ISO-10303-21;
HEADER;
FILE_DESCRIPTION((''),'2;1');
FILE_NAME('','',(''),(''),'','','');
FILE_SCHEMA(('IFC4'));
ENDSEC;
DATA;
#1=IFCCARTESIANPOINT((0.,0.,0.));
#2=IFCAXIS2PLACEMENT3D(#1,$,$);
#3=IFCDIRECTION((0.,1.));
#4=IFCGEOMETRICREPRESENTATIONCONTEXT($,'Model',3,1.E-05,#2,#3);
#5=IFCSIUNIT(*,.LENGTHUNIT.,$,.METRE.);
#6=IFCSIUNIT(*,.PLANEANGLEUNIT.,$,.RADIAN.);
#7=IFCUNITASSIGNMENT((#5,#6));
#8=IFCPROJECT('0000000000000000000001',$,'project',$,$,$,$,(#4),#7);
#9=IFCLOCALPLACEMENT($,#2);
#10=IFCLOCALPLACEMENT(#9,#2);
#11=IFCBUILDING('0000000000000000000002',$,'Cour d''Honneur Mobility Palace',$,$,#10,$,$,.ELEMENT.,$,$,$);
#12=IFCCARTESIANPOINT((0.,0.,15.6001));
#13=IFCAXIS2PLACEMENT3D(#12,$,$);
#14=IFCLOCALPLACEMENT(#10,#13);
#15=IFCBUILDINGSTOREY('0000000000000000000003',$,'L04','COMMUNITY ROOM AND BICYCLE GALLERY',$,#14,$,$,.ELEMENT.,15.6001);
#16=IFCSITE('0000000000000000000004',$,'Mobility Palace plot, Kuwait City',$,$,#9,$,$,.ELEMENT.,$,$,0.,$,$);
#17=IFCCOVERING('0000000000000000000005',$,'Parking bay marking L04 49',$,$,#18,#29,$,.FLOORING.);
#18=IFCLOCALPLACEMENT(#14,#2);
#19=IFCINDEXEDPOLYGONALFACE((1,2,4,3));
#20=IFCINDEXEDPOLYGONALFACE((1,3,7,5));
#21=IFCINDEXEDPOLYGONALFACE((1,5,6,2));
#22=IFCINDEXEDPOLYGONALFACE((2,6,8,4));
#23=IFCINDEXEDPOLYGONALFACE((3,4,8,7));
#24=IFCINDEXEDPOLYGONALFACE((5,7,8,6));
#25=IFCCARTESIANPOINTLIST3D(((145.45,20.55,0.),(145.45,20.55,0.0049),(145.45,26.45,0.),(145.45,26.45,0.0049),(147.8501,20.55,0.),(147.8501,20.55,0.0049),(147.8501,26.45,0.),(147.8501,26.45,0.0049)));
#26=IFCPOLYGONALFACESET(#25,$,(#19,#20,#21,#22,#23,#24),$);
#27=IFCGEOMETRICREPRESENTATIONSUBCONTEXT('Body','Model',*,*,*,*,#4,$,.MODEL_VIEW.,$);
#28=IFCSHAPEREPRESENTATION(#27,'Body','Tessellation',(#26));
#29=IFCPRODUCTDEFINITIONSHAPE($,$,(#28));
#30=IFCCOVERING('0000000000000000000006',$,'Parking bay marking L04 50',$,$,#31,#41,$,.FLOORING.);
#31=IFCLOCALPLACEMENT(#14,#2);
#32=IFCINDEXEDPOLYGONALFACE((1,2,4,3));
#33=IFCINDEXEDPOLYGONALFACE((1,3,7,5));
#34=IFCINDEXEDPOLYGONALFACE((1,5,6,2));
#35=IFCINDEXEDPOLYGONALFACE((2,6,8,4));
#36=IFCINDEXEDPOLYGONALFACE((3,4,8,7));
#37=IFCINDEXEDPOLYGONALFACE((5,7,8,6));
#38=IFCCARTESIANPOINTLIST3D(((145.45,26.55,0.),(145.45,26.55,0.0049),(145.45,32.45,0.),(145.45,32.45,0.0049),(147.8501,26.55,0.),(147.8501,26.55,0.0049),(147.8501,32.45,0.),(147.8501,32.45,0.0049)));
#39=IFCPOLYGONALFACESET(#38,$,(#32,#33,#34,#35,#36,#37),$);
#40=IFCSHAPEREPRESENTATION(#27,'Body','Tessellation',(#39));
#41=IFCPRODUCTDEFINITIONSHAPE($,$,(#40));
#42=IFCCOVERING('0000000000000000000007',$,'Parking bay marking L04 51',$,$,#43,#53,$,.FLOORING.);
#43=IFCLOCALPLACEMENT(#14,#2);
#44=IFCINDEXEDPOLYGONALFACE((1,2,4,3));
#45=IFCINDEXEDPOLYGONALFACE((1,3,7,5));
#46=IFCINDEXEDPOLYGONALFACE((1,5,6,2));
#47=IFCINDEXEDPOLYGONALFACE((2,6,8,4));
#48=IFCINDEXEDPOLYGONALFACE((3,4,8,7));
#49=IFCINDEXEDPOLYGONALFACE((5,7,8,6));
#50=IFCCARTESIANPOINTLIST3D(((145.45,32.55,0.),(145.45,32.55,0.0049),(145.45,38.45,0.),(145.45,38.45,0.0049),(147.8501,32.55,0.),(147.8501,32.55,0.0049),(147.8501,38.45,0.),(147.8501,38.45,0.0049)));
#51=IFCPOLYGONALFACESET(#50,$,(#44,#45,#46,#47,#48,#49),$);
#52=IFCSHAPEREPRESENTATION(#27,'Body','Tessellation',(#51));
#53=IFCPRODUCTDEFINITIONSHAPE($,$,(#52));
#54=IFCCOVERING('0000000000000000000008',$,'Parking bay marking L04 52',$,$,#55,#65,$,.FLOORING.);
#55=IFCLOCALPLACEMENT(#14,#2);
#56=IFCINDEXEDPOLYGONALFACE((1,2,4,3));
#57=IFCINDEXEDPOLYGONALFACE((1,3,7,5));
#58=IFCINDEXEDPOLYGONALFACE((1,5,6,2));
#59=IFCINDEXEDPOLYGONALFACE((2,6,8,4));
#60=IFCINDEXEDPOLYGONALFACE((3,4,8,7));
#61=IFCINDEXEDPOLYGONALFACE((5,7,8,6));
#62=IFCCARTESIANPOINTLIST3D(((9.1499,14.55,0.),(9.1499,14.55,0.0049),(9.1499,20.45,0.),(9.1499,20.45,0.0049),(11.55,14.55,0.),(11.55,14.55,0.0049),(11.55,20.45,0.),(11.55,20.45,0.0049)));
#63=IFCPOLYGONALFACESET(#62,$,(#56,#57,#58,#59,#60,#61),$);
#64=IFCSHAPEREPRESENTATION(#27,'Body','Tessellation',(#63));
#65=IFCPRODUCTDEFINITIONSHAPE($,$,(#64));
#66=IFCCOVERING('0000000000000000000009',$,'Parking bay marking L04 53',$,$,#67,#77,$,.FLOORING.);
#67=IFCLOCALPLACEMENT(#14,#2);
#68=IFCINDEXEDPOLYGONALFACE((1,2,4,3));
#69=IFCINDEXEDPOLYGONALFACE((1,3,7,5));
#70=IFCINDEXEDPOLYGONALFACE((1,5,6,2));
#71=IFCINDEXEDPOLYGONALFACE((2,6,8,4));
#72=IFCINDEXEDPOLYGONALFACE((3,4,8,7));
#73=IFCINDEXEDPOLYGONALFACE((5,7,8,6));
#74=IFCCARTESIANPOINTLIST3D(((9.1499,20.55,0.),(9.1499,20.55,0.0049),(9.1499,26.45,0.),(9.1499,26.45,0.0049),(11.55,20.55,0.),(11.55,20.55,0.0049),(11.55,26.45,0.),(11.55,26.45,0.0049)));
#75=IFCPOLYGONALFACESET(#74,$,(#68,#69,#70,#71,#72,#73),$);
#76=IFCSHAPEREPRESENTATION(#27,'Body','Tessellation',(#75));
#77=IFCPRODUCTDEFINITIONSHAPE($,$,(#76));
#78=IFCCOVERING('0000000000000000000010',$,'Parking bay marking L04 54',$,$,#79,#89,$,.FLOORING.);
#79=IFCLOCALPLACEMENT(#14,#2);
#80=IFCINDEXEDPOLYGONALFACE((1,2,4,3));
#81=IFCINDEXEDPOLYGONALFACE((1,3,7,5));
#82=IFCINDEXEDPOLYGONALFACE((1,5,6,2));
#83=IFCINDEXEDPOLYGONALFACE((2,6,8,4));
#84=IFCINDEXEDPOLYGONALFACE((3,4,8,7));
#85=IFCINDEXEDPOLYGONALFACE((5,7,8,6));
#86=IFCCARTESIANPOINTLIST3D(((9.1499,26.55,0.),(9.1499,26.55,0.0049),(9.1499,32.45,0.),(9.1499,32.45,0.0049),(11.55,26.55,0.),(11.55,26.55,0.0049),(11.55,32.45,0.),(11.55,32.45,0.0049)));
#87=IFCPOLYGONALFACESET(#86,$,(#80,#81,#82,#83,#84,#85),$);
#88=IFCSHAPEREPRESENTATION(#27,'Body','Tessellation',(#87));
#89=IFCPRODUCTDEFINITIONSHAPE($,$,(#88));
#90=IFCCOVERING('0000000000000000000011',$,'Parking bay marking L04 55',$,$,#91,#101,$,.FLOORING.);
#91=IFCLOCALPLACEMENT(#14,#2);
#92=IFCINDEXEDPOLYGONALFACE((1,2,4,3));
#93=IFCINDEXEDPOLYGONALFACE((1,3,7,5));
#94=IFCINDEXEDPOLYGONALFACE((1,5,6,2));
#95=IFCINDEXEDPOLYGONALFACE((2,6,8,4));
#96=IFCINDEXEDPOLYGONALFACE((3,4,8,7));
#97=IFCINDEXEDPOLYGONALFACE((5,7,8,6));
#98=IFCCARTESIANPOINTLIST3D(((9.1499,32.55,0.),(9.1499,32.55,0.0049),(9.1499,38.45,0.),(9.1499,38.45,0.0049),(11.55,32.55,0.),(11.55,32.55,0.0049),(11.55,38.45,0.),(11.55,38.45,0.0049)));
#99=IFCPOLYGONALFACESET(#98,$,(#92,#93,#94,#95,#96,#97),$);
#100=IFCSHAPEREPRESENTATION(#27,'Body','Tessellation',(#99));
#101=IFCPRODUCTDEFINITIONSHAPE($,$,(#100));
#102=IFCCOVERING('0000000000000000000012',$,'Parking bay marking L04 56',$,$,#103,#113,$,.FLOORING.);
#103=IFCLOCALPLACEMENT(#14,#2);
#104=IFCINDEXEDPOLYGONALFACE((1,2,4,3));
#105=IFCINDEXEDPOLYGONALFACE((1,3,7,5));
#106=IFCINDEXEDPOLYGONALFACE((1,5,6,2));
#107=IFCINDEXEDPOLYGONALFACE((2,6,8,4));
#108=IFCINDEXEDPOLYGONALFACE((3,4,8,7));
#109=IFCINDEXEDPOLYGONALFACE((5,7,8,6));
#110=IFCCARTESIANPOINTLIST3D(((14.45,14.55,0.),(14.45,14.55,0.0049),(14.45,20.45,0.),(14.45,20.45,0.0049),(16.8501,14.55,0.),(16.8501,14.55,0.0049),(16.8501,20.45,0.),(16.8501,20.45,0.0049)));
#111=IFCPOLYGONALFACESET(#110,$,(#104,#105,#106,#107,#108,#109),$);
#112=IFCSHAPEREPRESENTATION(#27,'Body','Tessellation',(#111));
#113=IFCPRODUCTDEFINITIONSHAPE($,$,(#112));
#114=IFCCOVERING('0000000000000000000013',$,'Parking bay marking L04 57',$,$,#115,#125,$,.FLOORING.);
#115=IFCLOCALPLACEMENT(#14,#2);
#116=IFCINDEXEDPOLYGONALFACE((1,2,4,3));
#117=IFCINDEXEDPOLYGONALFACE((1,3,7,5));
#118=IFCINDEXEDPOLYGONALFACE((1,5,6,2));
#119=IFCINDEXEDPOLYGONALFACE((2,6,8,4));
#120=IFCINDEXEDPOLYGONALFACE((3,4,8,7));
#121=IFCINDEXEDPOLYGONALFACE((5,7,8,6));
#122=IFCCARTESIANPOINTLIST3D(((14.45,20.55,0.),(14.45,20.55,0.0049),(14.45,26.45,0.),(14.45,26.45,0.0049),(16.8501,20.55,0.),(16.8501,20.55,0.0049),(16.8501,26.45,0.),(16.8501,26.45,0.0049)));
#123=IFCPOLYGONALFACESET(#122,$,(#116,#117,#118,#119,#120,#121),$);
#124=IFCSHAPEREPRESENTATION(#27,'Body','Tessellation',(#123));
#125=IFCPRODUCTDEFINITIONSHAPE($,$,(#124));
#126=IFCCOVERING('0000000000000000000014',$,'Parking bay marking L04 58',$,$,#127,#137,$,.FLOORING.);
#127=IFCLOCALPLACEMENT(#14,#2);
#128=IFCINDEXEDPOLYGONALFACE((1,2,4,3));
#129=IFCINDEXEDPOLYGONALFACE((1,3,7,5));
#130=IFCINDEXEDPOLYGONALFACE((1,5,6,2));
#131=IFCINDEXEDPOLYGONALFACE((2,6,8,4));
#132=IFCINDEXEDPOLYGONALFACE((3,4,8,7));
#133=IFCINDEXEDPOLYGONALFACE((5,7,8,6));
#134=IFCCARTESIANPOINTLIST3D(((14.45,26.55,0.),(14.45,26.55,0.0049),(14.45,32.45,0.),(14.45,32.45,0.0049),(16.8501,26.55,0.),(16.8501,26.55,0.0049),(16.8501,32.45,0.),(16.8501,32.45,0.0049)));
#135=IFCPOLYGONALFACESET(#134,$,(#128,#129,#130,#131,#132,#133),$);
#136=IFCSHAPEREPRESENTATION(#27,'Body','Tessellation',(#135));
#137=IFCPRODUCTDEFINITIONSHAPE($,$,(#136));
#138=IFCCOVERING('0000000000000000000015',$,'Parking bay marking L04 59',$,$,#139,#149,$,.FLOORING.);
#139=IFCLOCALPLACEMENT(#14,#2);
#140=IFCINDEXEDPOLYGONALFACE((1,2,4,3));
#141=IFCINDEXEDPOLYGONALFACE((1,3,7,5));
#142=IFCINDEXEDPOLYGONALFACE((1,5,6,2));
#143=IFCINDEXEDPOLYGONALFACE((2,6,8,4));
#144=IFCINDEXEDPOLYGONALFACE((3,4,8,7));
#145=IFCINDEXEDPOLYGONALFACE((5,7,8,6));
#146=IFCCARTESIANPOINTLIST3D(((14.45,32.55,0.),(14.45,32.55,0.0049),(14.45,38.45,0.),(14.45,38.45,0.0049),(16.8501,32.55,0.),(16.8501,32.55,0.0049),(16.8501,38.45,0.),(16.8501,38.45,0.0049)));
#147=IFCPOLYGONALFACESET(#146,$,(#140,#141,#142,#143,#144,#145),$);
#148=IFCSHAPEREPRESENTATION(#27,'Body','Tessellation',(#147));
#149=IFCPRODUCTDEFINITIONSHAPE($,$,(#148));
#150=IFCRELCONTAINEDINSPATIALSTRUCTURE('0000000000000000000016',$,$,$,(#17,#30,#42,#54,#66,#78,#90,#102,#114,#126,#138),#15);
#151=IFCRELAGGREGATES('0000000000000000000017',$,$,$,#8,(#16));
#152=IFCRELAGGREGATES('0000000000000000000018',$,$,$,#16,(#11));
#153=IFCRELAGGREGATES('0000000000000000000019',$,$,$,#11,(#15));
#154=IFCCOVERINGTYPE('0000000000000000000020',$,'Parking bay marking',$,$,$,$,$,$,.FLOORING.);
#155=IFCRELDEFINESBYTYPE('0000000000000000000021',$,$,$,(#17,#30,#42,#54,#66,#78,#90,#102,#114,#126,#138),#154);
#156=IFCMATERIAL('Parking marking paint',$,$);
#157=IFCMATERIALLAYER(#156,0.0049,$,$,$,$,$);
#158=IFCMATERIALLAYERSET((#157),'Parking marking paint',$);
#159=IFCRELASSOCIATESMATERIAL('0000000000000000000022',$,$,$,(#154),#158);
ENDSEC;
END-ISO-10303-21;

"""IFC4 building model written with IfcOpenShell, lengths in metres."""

from ifc_helpers import new_model, si_unit, direction, frame, origin, place, context, subcontext, project, spatial, polyline, outline, extrude, material, layer, layer_set, type_object, element, save


model = new_model("IFC4")

# Units and contexts
model_context = context("Model", 3, precision=1e-05, world=origin(), true_north=direction((0.0, 1.0)))
body_context = subcontext(model_context, "Body", "Model", "MODEL_VIEW")
ifc_project = project(units=[si_unit("LENGTHUNIT", "METRE"), si_unit("PLANEANGLEUNIT", "RADIAN")], contexts=[model_context])

# Site, building, storey
site_placement = place(None, origin())
site = spatial("IfcSite", under=ifc_project, at=site_placement, Name="Mobility Palace plot, Kuwait City", CompositionType="ELEMENT", RefElevation=0.0)
building_placement = place(site_placement, origin())
building = spatial("IfcBuilding", under=site, at=building_placement, Name="Cour d'Honneur Mobility Palace", CompositionType="ELEMENT")
storey_placement = place(building_placement, frame((0.0, 0.0, 15.6001)))
storey = spatial("IfcBuildingStorey", under=building, at=storey_placement, Name="L04", Description="COMMUNITY ROOM AND BICYCLE GALLERY", CompositionType="ELEMENT", Elevation=15.6001)

# Coverings
ifc_material_1 = material(Name="Parking marking paint")
ifc_layer_1 = layer(ifc_material_1, 0.0049)
ifc_layer_set_1 = layer_set([ifc_layer_1], Name="Parking marking paint")
covering_type = type_object("IfcCoveringType", Name="Parking bay marking", PredefinedType="FLOORING", material=ifc_layer_set_1)
covering_1_placement = place(storey_placement, origin())
element("IfcCovering", 1, at=covering_1_placement, inside=storey, type_object=covering_type, Name="Parking bay marking L04 49", PredefinedType="FLOORING", context=body_context, shape_type="SweptSolid", body=[
    extrude(outline(polyline([(147.8501, 20.55), (145.45, 20.55), (145.45, 26.45), (147.8501, 26.45), (147.8501, 20.55)])), origin(), (0.0, 0.0, 1.0), 0.0049),
])
covering_2_placement = place(storey_placement, origin())
element("IfcCovering", 2, at=covering_2_placement, inside=storey, type_object=covering_type, Name="Parking bay marking L04 50", PredefinedType="FLOORING", context=body_context, shape_type="SweptSolid", body=[
    extrude(outline(polyline([(147.8501, 26.55), (145.45, 26.55), (145.45, 32.45), (147.8501, 32.45), (147.8501, 26.55)])), origin(), (0.0, 0.0, 1.0), 0.0049),
])
covering_3_placement = place(storey_placement, origin())
element("IfcCovering", 3, at=covering_3_placement, inside=storey, type_object=covering_type, Name="Parking bay marking L04 51", PredefinedType="FLOORING", context=body_context, shape_type="SweptSolid", body=[
    extrude(outline(polyline([(147.8501, 32.55), (145.45, 32.55), (145.45, 38.45), (147.8501, 38.45), (147.8501, 32.55)])), origin(), (0.0, 0.0, 1.0), 0.0049),
])
covering_4_placement = place(storey_placement, origin())
element("IfcCovering", 4, at=covering_4_placement, inside=storey, type_object=covering_type, Name="Parking bay marking L04 52", PredefinedType="FLOORING", context=body_context, shape_type="SweptSolid", body=[
    extrude(outline(polyline([(11.55, 14.55), (9.1499, 14.55), (9.1499, 20.45), (11.55, 20.45), (11.55, 14.55)])), origin(), (0.0, 0.0, 1.0), 0.0049),
])
covering_5_placement = place(storey_placement, origin())
element("IfcCovering", 5, at=covering_5_placement, inside=storey, type_object=covering_type, Name="Parking bay marking L04 53", PredefinedType="FLOORING", context=body_context, shape_type="SweptSolid", body=[
    extrude(outline(polyline([(11.55, 20.55), (9.1499, 20.55), (9.1499, 26.45), (11.55, 26.45), (11.55, 20.55)])), origin(), (0.0, 0.0, 1.0), 0.0049),
])
covering_6_placement = place(storey_placement, origin())
element("IfcCovering", 6, at=covering_6_placement, inside=storey, type_object=covering_type, Name="Parking bay marking L04 54", PredefinedType="FLOORING", context=body_context, shape_type="SweptSolid", body=[
    extrude(outline(polyline([(11.55, 26.55), (9.1499, 26.55), (9.1499, 32.45), (11.55, 32.45), (11.55, 26.55)])), origin(), (0.0, 0.0, 1.0), 0.0049),
])
covering_7_placement = place(storey_placement, origin())
element("IfcCovering", 7, at=covering_7_placement, inside=storey, type_object=covering_type, Name="Parking bay marking L04 55", PredefinedType="FLOORING", context=body_context, shape_type="SweptSolid", body=[
    extrude(outline(polyline([(11.55, 32.55), (9.1499, 32.55), (9.1499, 38.45), (11.55, 38.45), (11.55, 32.55)])), origin(), (0.0, 0.0, 1.0), 0.0049),
])
covering_8_placement = place(storey_placement, origin())
element("IfcCovering", 8, at=covering_8_placement, inside=storey, type_object=covering_type, Name="Parking bay marking L04 56", PredefinedType="FLOORING", context=body_context, shape_type="SweptSolid", body=[
    extrude(outline(polyline([(16.8501, 14.55), (14.45, 14.55), (14.45, 20.45), (16.8501, 20.45), (16.8501, 14.55)])), origin(), (0.0, 0.0, 1.0), 0.0049),
])
covering_9_placement = place(storey_placement, origin())
element("IfcCovering", 9, at=covering_9_placement, inside=storey, type_object=covering_type, Name="Parking bay marking L04 57", PredefinedType="FLOORING", context=body_context, shape_type="SweptSolid", body=[
    extrude(outline(polyline([(16.8501, 20.55), (14.45, 20.55), (14.45, 26.45), (16.8501, 26.45), (16.8501, 20.55)])), origin(), (0.0, 0.0, 1.0), 0.0049),
])
covering_10_placement = place(storey_placement, origin())
element("IfcCovering", 10, at=covering_10_placement, inside=storey, type_object=covering_type, Name="Parking bay marking L04 58", PredefinedType="FLOORING", context=body_context, shape_type="SweptSolid", body=[
    extrude(outline(polyline([(16.8501, 26.55), (14.45, 26.55), (14.45, 32.45), (16.8501, 32.45), (16.8501, 26.55)])), origin(), (0.0, 0.0, 1.0), 0.0049),
])
covering_11_placement = place(storey_placement, origin())
element("IfcCovering", 11, at=covering_11_placement, inside=storey, type_object=covering_type, Name="Parking bay marking L04 59", PredefinedType="FLOORING", context=body_context, shape_type="SweptSolid", body=[
    extrude(outline(polyline([(16.8501, 32.55), (14.45, 32.55), (14.45, 38.45), (16.8501, 38.45), (16.8501, 32.55)])), origin(), (0.0, 0.0, 1.0), 0.0049),
])

save(model, "model.ifc")
